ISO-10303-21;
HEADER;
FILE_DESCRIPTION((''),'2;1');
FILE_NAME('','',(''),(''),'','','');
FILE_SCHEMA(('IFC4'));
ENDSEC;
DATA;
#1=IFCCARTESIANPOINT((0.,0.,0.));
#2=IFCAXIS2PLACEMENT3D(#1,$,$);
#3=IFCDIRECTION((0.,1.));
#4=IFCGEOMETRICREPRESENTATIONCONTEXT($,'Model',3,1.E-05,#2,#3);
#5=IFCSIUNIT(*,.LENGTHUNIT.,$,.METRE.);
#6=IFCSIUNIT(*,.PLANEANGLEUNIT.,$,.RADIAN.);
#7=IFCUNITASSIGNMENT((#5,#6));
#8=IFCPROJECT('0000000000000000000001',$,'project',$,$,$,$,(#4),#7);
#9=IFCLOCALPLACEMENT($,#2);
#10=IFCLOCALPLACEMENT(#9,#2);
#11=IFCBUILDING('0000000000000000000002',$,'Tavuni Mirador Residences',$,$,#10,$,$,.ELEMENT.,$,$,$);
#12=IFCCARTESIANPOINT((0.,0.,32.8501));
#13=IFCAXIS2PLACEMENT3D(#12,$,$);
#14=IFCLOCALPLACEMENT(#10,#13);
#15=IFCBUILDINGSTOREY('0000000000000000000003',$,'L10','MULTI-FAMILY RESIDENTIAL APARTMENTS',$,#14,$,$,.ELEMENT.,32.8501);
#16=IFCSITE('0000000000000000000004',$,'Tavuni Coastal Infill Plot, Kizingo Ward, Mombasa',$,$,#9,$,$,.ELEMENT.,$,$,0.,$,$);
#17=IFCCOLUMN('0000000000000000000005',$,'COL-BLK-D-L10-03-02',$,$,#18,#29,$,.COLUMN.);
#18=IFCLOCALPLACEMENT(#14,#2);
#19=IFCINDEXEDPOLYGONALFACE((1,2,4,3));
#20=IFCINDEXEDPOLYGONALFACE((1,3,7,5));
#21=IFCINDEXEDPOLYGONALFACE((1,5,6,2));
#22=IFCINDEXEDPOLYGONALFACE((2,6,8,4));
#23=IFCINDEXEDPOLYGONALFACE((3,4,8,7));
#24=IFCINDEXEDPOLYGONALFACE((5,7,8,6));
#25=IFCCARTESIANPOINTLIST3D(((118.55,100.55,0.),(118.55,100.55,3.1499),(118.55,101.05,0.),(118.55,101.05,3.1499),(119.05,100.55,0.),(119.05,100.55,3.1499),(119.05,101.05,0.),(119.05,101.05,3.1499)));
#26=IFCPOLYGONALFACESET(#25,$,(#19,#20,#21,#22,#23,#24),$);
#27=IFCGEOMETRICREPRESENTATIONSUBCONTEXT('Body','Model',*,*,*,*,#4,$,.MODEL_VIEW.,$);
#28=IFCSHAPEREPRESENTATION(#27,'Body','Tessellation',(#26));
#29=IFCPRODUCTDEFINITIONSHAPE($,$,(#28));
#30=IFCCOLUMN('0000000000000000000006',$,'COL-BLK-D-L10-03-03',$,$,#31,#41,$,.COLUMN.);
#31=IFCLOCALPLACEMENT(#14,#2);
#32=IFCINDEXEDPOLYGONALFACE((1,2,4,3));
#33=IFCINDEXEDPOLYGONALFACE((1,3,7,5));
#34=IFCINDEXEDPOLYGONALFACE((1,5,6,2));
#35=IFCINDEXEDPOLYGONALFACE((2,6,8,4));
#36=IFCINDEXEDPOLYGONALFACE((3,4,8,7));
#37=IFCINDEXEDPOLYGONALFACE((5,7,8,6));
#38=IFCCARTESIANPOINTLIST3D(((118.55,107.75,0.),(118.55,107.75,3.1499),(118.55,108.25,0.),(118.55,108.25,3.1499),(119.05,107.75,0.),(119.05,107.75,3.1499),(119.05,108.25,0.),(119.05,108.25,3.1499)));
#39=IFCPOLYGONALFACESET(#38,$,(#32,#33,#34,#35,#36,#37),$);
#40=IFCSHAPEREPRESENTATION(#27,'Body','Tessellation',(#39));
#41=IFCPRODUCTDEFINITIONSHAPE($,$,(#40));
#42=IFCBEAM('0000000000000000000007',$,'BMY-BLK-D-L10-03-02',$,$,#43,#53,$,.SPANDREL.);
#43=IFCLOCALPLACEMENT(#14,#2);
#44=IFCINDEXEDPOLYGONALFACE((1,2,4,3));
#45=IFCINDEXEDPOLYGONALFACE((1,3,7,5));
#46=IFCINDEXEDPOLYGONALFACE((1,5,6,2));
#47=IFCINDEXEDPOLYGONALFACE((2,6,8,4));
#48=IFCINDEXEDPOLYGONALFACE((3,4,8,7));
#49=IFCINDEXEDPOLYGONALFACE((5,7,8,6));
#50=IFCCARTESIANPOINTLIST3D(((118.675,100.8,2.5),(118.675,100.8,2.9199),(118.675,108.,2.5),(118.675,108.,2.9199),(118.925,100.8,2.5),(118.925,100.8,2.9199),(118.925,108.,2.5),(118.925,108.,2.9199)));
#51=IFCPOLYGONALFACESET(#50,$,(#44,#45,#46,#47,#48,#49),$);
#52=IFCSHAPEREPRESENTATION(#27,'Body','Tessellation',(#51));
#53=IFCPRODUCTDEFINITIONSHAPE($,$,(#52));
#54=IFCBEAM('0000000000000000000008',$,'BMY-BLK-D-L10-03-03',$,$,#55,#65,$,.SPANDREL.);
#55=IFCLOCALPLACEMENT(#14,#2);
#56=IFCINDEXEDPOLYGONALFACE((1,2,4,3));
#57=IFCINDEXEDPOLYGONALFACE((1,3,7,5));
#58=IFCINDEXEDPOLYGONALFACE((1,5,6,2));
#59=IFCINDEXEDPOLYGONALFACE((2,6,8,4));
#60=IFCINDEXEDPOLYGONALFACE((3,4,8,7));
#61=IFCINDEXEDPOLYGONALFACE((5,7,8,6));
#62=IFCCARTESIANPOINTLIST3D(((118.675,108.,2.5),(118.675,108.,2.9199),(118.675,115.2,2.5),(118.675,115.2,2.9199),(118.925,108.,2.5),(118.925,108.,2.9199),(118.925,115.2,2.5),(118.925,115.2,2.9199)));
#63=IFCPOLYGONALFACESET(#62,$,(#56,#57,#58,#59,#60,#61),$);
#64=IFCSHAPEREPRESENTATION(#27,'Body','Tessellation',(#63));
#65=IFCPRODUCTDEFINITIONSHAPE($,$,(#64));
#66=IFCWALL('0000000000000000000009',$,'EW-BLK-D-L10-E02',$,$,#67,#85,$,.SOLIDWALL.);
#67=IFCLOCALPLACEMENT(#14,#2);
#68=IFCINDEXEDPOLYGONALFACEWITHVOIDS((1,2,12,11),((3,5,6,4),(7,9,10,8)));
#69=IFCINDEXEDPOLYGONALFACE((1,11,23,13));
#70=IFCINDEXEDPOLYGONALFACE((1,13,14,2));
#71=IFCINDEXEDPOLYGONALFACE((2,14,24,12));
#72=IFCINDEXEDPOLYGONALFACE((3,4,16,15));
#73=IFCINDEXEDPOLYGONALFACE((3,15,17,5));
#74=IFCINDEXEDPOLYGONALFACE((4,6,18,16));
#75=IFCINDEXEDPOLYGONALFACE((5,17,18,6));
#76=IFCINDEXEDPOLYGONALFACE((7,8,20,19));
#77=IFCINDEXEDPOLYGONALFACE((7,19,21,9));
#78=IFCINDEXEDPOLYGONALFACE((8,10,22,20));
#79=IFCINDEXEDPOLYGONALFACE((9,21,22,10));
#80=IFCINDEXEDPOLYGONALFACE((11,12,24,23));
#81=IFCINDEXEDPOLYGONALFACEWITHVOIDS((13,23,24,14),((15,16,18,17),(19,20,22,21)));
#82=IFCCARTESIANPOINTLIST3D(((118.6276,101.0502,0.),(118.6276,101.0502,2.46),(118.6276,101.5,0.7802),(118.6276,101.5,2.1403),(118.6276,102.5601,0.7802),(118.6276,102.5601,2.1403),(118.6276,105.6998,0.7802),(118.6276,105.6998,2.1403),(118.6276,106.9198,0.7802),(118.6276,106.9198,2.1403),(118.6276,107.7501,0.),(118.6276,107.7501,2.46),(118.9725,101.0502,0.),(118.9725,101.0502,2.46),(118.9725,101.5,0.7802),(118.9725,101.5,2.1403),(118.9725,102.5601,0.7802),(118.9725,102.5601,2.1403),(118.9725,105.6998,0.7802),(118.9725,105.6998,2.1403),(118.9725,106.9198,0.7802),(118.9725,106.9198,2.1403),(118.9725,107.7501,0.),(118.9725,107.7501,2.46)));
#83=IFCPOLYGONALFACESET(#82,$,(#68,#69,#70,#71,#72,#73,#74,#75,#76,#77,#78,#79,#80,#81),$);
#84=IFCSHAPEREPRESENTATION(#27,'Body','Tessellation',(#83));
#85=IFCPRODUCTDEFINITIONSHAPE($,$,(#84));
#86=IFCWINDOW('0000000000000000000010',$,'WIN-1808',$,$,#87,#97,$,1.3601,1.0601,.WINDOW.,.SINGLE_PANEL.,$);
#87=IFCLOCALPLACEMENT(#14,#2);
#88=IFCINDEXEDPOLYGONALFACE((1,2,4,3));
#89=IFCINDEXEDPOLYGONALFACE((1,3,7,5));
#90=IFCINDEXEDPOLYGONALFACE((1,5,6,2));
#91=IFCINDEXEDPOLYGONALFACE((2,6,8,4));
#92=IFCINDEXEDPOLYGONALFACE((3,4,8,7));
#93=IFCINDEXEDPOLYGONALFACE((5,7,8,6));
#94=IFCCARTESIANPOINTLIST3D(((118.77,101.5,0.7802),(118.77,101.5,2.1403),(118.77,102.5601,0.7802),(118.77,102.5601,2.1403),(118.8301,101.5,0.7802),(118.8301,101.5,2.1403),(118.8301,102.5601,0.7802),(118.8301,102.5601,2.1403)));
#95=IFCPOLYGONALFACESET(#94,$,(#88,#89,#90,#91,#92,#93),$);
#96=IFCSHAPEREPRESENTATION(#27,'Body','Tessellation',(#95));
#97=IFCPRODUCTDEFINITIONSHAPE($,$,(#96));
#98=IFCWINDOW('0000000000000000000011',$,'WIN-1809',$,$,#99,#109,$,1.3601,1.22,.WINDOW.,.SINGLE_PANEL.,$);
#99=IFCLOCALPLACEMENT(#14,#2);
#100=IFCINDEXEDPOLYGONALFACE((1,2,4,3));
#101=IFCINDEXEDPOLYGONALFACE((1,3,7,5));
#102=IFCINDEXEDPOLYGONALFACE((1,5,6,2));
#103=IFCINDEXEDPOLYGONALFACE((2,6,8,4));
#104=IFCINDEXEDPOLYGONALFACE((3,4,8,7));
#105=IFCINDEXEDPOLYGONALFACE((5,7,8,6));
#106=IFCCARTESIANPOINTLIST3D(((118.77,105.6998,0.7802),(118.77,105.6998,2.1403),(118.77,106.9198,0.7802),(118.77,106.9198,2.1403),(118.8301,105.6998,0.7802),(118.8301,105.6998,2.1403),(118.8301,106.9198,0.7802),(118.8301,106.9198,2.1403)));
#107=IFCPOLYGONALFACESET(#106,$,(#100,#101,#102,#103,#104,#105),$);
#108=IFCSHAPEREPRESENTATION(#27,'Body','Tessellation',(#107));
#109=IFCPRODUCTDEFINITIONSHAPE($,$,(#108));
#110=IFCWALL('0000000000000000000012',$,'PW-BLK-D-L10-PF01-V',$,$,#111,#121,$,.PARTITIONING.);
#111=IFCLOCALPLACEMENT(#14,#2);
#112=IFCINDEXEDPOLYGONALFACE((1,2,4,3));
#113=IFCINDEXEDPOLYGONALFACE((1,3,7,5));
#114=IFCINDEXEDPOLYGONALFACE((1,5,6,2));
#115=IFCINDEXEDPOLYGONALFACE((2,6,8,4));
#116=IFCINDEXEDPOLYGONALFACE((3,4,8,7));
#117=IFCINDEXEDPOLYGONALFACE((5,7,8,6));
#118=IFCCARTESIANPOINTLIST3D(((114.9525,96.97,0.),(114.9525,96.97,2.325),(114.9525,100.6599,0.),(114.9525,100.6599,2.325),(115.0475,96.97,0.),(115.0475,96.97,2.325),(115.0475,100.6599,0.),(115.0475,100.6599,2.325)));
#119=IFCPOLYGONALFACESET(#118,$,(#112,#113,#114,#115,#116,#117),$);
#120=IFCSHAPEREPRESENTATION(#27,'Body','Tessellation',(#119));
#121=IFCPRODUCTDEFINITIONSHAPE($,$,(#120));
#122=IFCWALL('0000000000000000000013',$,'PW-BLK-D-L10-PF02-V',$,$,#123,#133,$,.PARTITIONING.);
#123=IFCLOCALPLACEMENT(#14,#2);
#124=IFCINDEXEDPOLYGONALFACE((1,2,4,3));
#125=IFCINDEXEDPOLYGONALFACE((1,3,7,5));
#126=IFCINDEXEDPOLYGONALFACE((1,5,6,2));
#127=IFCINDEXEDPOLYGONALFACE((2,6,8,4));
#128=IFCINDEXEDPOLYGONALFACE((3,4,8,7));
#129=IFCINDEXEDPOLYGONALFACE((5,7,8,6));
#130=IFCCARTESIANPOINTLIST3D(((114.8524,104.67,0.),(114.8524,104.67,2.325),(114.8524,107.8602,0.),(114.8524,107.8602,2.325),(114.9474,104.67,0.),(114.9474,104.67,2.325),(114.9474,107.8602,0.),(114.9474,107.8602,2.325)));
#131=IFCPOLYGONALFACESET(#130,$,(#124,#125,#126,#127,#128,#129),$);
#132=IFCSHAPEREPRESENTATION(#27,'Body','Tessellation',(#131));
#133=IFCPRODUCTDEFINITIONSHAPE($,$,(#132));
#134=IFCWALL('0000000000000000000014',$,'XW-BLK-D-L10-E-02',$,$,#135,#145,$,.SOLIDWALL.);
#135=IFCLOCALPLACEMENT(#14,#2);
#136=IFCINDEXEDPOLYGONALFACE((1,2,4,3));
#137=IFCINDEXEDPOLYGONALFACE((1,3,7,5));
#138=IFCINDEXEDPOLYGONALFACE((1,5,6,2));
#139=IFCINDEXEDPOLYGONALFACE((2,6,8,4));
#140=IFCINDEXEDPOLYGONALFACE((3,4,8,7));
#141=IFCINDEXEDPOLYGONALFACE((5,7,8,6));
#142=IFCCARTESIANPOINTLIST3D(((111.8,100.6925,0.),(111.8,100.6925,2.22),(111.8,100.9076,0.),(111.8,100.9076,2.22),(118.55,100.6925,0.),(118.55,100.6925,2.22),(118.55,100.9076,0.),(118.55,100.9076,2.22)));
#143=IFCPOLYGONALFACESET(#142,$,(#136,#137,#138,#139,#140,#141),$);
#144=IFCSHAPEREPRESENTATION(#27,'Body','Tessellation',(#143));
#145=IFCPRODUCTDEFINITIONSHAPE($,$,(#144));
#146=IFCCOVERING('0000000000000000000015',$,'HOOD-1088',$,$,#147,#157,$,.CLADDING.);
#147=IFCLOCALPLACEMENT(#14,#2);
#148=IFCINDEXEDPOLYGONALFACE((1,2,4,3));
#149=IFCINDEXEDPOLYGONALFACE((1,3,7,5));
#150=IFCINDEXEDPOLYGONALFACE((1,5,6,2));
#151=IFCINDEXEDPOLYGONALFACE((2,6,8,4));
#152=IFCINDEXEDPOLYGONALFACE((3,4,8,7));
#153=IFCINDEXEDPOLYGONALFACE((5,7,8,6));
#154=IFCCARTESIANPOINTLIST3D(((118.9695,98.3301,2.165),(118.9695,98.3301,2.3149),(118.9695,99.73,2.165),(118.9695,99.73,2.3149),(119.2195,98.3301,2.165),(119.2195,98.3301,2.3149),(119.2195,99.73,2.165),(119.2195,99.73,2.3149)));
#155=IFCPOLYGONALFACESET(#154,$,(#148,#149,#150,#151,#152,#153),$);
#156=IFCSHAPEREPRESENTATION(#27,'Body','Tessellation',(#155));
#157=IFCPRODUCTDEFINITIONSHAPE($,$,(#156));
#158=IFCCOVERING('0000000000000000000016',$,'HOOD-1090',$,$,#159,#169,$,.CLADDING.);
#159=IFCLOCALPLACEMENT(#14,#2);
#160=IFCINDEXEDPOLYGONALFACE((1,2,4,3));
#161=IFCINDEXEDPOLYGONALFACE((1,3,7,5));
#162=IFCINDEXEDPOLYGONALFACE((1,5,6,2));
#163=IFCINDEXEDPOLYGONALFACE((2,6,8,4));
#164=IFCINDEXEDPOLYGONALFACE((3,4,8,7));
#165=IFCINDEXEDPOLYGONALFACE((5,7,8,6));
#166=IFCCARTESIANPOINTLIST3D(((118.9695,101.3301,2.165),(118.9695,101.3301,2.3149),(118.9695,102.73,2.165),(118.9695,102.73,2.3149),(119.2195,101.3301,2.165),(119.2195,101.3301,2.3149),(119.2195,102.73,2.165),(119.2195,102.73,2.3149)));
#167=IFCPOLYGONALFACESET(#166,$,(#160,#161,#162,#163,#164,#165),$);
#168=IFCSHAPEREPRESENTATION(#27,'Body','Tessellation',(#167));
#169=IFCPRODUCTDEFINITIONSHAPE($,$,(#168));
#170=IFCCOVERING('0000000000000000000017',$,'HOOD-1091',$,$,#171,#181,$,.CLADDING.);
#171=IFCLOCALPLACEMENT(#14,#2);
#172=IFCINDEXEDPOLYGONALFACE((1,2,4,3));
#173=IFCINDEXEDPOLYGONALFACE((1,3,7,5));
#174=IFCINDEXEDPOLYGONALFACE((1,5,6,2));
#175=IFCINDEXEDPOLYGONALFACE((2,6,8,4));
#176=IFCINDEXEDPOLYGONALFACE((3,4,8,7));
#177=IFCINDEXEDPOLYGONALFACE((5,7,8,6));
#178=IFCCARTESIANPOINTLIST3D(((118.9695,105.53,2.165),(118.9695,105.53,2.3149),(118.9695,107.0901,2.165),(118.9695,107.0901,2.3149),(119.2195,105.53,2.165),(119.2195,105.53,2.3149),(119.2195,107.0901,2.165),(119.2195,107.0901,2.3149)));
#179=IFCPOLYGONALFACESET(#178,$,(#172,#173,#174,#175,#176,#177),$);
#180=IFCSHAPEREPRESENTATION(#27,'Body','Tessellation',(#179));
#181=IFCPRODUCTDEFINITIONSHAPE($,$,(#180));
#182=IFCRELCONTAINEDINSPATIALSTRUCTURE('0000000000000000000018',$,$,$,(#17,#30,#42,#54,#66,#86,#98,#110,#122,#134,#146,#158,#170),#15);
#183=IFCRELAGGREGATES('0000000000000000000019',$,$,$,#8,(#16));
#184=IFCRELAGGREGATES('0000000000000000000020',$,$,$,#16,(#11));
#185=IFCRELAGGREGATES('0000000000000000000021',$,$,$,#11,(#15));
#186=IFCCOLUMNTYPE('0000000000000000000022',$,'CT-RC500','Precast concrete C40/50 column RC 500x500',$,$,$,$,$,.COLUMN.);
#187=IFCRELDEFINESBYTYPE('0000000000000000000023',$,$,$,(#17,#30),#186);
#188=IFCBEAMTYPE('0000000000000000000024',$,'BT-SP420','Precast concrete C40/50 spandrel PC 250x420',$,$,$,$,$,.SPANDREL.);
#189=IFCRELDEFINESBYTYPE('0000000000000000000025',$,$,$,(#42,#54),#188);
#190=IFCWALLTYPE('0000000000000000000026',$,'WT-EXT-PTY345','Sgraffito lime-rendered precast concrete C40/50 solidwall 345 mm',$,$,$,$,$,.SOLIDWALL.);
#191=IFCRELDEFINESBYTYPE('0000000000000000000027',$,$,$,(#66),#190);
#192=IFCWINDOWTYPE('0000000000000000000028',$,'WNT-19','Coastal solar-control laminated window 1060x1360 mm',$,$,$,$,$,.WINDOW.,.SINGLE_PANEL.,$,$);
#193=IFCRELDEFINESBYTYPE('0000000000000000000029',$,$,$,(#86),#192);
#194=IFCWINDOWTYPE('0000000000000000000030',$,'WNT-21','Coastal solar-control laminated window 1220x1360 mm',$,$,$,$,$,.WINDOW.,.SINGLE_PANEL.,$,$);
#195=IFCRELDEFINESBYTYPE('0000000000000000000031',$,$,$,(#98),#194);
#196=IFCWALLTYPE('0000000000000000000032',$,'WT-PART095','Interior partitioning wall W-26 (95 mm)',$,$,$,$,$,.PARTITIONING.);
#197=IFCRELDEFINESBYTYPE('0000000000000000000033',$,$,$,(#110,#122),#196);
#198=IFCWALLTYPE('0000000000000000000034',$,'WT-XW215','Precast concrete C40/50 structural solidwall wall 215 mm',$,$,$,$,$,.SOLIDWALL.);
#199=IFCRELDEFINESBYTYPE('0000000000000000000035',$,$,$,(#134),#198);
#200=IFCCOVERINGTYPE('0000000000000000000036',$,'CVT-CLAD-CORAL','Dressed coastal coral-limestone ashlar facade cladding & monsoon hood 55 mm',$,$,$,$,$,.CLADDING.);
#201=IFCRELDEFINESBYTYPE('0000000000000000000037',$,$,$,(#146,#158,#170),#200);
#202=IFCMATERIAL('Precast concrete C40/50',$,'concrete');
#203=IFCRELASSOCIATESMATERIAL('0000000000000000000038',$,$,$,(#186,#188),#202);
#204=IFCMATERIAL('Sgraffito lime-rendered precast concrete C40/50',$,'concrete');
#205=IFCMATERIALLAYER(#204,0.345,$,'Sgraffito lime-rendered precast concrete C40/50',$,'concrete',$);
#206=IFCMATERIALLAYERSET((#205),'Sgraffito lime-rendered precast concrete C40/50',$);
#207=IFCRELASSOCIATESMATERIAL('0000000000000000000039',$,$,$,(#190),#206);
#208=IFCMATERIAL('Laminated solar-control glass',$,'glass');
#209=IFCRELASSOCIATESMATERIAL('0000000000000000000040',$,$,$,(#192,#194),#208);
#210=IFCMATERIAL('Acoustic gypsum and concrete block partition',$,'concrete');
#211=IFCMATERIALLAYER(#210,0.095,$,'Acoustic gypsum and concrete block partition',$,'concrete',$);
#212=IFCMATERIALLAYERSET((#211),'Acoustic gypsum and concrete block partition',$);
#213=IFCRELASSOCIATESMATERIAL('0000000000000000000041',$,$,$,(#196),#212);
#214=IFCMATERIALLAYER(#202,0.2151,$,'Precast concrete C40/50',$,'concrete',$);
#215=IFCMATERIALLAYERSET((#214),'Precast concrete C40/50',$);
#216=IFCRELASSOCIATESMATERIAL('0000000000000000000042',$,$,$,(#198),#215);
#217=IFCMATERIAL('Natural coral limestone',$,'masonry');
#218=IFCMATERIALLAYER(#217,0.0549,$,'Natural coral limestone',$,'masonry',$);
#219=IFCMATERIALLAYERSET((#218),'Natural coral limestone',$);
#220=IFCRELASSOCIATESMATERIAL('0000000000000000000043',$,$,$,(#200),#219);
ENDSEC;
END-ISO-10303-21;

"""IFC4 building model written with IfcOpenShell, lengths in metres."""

from ifc_helpers import new_model, si_unit, direction, frame, frame_2d, origin, origin_2d, place, context, subcontext, project, spatial, rectangle, extrude, material, layer, layer_set, material_profile, profile_set, type_object, element, fill, save


model = new_model("IFC4")

# Units and contexts
model_context = context("Model", 3, precision=1e-05, world=origin(), true_north=direction((0.0, 1.0)))
body_context = subcontext(model_context, "Body", "Model", "MODEL_VIEW")
ifc_project = project(units=[si_unit("LENGTHUNIT", "METRE"), si_unit("PLANEANGLEUNIT", "RADIAN")], contexts=[model_context])

# Site, building, storey
site_placement = place(None, origin())
site = spatial("IfcSite", under=ifc_project, at=site_placement, Name="Tavuni Coastal Infill Plot, Kizingo Ward, Mombasa", CompositionType="ELEMENT", RefElevation=0.0)
building_placement = place(site_placement, origin())
building = spatial("IfcBuilding", under=site, at=building_placement, Name="Tavuni Mirador Residences", CompositionType="ELEMENT")
storey_placement = place(building_placement, frame((0.0, 0.0, 32.8501)))
storey = spatial("IfcBuildingStorey", under=building, at=storey_placement, Name="L10", Description="MULTI-FAMILY RESIDENTIAL APARTMENTS", CompositionType="ELEMENT", Elevation=32.8501)

# Columns
ifc_material_1 = material(Name="Precast concrete C40/50", Category="concrete")
ifc_material_profile_1 = material_profile(ifc_material_1, rectangle(XDim=0.5, YDim=0.5, at=origin_2d()), Name="RC 500x500", Category="concrete")
ifc_profile_set_1 = profile_set([ifc_material_profile_1], Name="Precast concrete C40/50")
column_type = type_object("IfcColumnType", Name="CT-RC500", Description="Precast concrete C40/50 column RC 500x500", PredefinedType="COLUMN", material=ifc_profile_set_1)
for number, where, z_axis, x_axis, name in (
    (1, (118.8, 100.8, 0.0), (0.0, 0.0, 1.0), (1.0, 0.0, 0.0), "COL-BLK-D-L10-03-02"),
    (2, (118.8, 108.0, 0.0), (0.0, 0.0, 1.0), (1.0, 0.0, 0.0), "COL-BLK-D-L10-03-03"),
):
    element("IfcColumn", number, at=place(storey_placement, frame(where, z_axis=z_axis, x_axis=x_axis)), inside=storey, type_object=column_type, Name=name, PredefinedType="COLUMN", context=body_context, shape_type="SweptSolid", body=[
        extrude(rectangle(XDim=0.5, YDim=0.5, at=origin_2d()), origin(), (0.0, 0.0, 1.0), 3.1499),
    ])

# Beams
ifc_material_profile_2 = material_profile(ifc_material_1, rectangle(XDim=0.25, YDim=0.4199, at=origin_2d()), Name="PC 250x420", Category="concrete")
ifc_profile_set_2 = profile_set([ifc_material_profile_2], Name="Precast concrete C40/50")
beam_type = type_object("IfcBeamType", Name="BT-SP420", Description="Precast concrete C40/50 spandrel PC 250x420", PredefinedType="SPANDREL", material=ifc_profile_set_2)
for number, where, z_axis, x_axis, name in (
    (3, (118.8, 100.8, 2.71), (0.0, 1.0, 0.0), (-1.0, 0.0, 0.0), "BMY-BLK-D-L10-03-02"),
    (4, (118.8, 108.0, 2.71), (0.0, 1.0, 0.0), (-1.0, 0.0, 0.0), "BMY-BLK-D-L10-03-03"),
):
    element("IfcBeam", number, at=place(storey_placement, frame(where, z_axis=z_axis, x_axis=x_axis)), inside=storey, type_object=beam_type, Name=name, PredefinedType="SPANDREL", context=body_context, shape_type="SweptSolid", body=[
        extrude(rectangle(XDim=0.25, YDim=0.4199, at=origin_2d()), origin(), (0.0, 0.0, 1.0), 7.2),
    ])

# Wall, openings, windows
ifc_material_2 = material(Name="Sgraffito lime-rendered precast concrete C40/50", Category="concrete")
ifc_layer_1 = layer(ifc_material_2, 0.345, Name="Sgraffito lime-rendered precast concrete C40/50", Category="concrete")
ifc_layer_set_1 = layer_set([ifc_layer_1], Name="Sgraffito lime-rendered precast concrete C40/50")
wall_type_1 = type_object("IfcWallType", Name="WT-EXT-PTY345", Description="Sgraffito lime-rendered precast concrete C40/50 solidwall 345 mm", PredefinedType="SOLIDWALL", material=ifc_layer_set_1)
wall_1_placement = place(storey_placement, frame((118.8, 101.05, 0.0), z_axis=(0.0, 0.0, 1.0), x_axis=(0.0, 1.0, 0.0)))
wall_1 = element("IfcWall", 5, at=wall_1_placement, inside=storey, type_object=wall_type_1, Name="EW-BLK-D-L10-E02", PredefinedType="SOLIDWALL", context=body_context, shape_type="SweptSolid", body=[
    extrude(rectangle(XDim=6.7, YDim=0.345, at=frame_2d((3.3501, 0.0))), origin(), (0.0, 0.0, 1.0), 2.46),
])
opening_1_placement = place(wall_1_placement, frame((0.45, 0.0, 0.78)))
opening_1 = element("IfcOpeningElement", 6, at=opening_1_placement, cuts=wall_1, PredefinedType="OPENING", context=body_context, shape_type="SweptSolid", body=[
    extrude(rectangle(XDim=1.0601, YDim=1.3601, at=frame_2d((0.53, 0.6802))), frame((0.0, 0.1826, 0.0), z_axis=(0.0, -1.0, 0.0), x_axis=(1.0, 0.0, 0.0)), (0.0, 0.0, 1.0), 0.365),
])
opening_2_placement = place(wall_1_placement, frame((4.6499, 0.0, 0.78)))
opening_2 = element("IfcOpeningElement", 7, at=opening_2_placement, cuts=wall_1, PredefinedType="OPENING", context=body_context, shape_type="SweptSolid", body=[
    extrude(rectangle(XDim=1.22, YDim=1.3601, at=frame_2d((0.6099, 0.6802))), frame((0.0, 0.1826, 0.0), z_axis=(0.0, -1.0, 0.0), x_axis=(1.0, 0.0, 0.0)), (0.0, 0.0, 1.0), 0.365),
])
ifc_material_3 = material(Name="Laminated solar-control glass", Category="glass")
window_type_1 = type_object("IfcWindowType", Name="WNT-19", Description="Coastal solar-control laminated window 1060x1360 mm", PartitioningType="SINGLE_PANEL", PredefinedType="WINDOW", material=ifc_material_3)
window_1_placement = place(opening_1_placement, origin())
window_1 = element("IfcWindow", 8, at=window_1_placement, inside=storey, type_object=window_type_1, Name="WIN-1808", OverallHeight=1.3601, OverallWidth=1.0601, PartitioningType="SINGLE_PANEL", PredefinedType="WINDOW", context=body_context, shape_type="SweptSolid", body=[
    extrude(rectangle(XDim=1.0601, YDim=1.3601, at=frame_2d((0.53, 0.6802))), frame((0.0, 0.03, 0.0), z_axis=(0.0, -1.0, 0.0), x_axis=(1.0, 0.0, 0.0)), (0.0, 0.0, 1.0), 0.0601),
])
fill(opening_1, window_1)
window_type_2 = type_object("IfcWindowType", Name="WNT-21", Description="Coastal solar-control laminated window 1220x1360 mm", PartitioningType="SINGLE_PANEL", PredefinedType="WINDOW", material=ifc_material_3)
window_2_placement = place(opening_2_placement, origin())
window_2 = element("IfcWindow", 9, at=window_2_placement, inside=storey, type_object=window_type_2, Name="WIN-1809", OverallHeight=1.3601, OverallWidth=1.22, PartitioningType="SINGLE_PANEL", PredefinedType="WINDOW", context=body_context, shape_type="SweptSolid", body=[
    extrude(rectangle(XDim=1.22, YDim=1.3601, at=frame_2d((0.6099, 0.6802))), frame((0.0, 0.03, 0.0), z_axis=(0.0, -1.0, 0.0), x_axis=(1.0, 0.0, 0.0)), (0.0, 0.0, 1.0), 0.0601),
])
fill(opening_2, window_2)

# Walls
ifc_material_4 = material(Name="Acoustic gypsum and concrete block partition", Category="concrete")
ifc_layer_2 = layer(ifc_material_4, 0.095, Name="Acoustic gypsum and concrete block partition", Category="concrete")
ifc_layer_set_2 = layer_set([ifc_layer_2], Name="Acoustic gypsum and concrete block partition")
wall_type_2 = type_object("IfcWallType", Name="WT-PART095", Description="Interior partitioning wall W-26 (95 mm)", PredefinedType="PARTITIONING", material=ifc_layer_set_2)
wall_2_placement = place(storey_placement, frame((115.0, 96.97, 0.0), z_axis=(0.0, 0.0, 1.0), x_axis=(0.0, 1.0, 0.0)))
element("IfcWall", 10, at=wall_2_placement, inside=storey, type_object=wall_type_2, Name="PW-BLK-D-L10-PF01-V", PredefinedType="PARTITIONING", context=body_context, shape_type="SweptSolid", body=[
    extrude(rectangle(XDim=3.6899, YDim=0.095, at=frame_2d((1.845, 0.0))), origin(), (0.0, 0.0, 1.0), 2.325),
])
wall_3_placement = place(storey_placement, frame((114.8999, 104.6699, 0.0), z_axis=(0.0, 0.0, 1.0), x_axis=(0.0, 1.0, 0.0)))
element("IfcWall", 11, at=wall_3_placement, inside=storey, type_object=wall_type_2, Name="PW-BLK-D-L10-PF02-V", PredefinedType="PARTITIONING", context=body_context, shape_type="SweptSolid", body=[
    extrude(rectangle(XDim=3.1902, YDim=0.095, at=frame_2d((1.5952, 0.0))), origin(), (0.0, 0.0, 1.0), 2.325),
])
ifc_layer_3 = layer(ifc_material_1, 0.2151, Name="Precast concrete C40/50", Category="concrete")
ifc_layer_set_3 = layer_set([ifc_layer_3], Name="Precast concrete C40/50")
wall_type_3 = type_object("IfcWallType", Name="WT-XW215", Description="Precast concrete C40/50 structural solidwall wall 215 mm", PredefinedType="SOLIDWALL", material=ifc_layer_set_3)
wall_4_placement = place(storey_placement, frame((111.8, 100.8, 0.0), z_axis=(0.0, 0.0, 1.0), x_axis=(1.0, 0.0, 0.0)))
element("IfcWall", 12, at=wall_4_placement, inside=storey, type_object=wall_type_3, Name="XW-BLK-D-L10-E-02", PredefinedType="SOLIDWALL", context=body_context, shape_type="SweptSolid", body=[
    extrude(rectangle(XDim=6.75, YDim=0.2151, at=frame_2d((3.375, 0.0))), origin(), (0.0, 0.0, 1.0), 2.22),
])

# Coverings
ifc_material_5 = material(Name="Natural coral limestone", Category="masonry")
ifc_layer_4 = layer(ifc_material_5, 0.0549, Name="Natural coral limestone", Category="masonry")
ifc_layer_set_4 = layer_set([ifc_layer_4], Name="Natural coral limestone")
covering_type = type_object("IfcCoveringType", Name="CVT-CLAD-CORAL", Description="Dressed coastal coral-limestone ashlar facade cladding & monsoon hood 55 mm", PredefinedType="CLADDING", material=ifc_layer_set_4)
for number, where, z_axis, x_axis, name in (
    (13, (119.0945, 99.03, 2.165), (0.0, 0.0, 1.0), (0.0, 1.0, 0.0), "HOOD-1088"),
    (14, (119.0945, 102.03, 2.165), (0.0, 0.0, 1.0), (0.0, 1.0, 0.0), "HOOD-1090"),
):
    element("IfcCovering", number, at=place(storey_placement, frame(where, z_axis=z_axis, x_axis=x_axis)), inside=storey, type_object=covering_type, Name=name, PredefinedType="CLADDING", context=body_context, shape_type="SweptSolid", body=[
        extrude(rectangle(XDim=1.3999, YDim=0.25, at=origin_2d()), origin(), (0.0, 0.0, 1.0), 0.1499),
    ])
covering_placement = place(storey_placement, frame((119.0945, 106.3101, 2.165), z_axis=(0.0, 0.0, 1.0), x_axis=(0.0, 1.0, 0.0)))
element("IfcCovering", 15, at=covering_placement, inside=storey, type_object=covering_type, Name="HOOD-1091", PredefinedType="CLADDING", context=body_context, shape_type="SweptSolid", body=[
    extrude(rectangle(XDim=1.5601, YDim=0.25, at=origin_2d()), origin(), (0.0, 0.0, 1.0), 0.1499),
])

save(model, "model.ifc")
